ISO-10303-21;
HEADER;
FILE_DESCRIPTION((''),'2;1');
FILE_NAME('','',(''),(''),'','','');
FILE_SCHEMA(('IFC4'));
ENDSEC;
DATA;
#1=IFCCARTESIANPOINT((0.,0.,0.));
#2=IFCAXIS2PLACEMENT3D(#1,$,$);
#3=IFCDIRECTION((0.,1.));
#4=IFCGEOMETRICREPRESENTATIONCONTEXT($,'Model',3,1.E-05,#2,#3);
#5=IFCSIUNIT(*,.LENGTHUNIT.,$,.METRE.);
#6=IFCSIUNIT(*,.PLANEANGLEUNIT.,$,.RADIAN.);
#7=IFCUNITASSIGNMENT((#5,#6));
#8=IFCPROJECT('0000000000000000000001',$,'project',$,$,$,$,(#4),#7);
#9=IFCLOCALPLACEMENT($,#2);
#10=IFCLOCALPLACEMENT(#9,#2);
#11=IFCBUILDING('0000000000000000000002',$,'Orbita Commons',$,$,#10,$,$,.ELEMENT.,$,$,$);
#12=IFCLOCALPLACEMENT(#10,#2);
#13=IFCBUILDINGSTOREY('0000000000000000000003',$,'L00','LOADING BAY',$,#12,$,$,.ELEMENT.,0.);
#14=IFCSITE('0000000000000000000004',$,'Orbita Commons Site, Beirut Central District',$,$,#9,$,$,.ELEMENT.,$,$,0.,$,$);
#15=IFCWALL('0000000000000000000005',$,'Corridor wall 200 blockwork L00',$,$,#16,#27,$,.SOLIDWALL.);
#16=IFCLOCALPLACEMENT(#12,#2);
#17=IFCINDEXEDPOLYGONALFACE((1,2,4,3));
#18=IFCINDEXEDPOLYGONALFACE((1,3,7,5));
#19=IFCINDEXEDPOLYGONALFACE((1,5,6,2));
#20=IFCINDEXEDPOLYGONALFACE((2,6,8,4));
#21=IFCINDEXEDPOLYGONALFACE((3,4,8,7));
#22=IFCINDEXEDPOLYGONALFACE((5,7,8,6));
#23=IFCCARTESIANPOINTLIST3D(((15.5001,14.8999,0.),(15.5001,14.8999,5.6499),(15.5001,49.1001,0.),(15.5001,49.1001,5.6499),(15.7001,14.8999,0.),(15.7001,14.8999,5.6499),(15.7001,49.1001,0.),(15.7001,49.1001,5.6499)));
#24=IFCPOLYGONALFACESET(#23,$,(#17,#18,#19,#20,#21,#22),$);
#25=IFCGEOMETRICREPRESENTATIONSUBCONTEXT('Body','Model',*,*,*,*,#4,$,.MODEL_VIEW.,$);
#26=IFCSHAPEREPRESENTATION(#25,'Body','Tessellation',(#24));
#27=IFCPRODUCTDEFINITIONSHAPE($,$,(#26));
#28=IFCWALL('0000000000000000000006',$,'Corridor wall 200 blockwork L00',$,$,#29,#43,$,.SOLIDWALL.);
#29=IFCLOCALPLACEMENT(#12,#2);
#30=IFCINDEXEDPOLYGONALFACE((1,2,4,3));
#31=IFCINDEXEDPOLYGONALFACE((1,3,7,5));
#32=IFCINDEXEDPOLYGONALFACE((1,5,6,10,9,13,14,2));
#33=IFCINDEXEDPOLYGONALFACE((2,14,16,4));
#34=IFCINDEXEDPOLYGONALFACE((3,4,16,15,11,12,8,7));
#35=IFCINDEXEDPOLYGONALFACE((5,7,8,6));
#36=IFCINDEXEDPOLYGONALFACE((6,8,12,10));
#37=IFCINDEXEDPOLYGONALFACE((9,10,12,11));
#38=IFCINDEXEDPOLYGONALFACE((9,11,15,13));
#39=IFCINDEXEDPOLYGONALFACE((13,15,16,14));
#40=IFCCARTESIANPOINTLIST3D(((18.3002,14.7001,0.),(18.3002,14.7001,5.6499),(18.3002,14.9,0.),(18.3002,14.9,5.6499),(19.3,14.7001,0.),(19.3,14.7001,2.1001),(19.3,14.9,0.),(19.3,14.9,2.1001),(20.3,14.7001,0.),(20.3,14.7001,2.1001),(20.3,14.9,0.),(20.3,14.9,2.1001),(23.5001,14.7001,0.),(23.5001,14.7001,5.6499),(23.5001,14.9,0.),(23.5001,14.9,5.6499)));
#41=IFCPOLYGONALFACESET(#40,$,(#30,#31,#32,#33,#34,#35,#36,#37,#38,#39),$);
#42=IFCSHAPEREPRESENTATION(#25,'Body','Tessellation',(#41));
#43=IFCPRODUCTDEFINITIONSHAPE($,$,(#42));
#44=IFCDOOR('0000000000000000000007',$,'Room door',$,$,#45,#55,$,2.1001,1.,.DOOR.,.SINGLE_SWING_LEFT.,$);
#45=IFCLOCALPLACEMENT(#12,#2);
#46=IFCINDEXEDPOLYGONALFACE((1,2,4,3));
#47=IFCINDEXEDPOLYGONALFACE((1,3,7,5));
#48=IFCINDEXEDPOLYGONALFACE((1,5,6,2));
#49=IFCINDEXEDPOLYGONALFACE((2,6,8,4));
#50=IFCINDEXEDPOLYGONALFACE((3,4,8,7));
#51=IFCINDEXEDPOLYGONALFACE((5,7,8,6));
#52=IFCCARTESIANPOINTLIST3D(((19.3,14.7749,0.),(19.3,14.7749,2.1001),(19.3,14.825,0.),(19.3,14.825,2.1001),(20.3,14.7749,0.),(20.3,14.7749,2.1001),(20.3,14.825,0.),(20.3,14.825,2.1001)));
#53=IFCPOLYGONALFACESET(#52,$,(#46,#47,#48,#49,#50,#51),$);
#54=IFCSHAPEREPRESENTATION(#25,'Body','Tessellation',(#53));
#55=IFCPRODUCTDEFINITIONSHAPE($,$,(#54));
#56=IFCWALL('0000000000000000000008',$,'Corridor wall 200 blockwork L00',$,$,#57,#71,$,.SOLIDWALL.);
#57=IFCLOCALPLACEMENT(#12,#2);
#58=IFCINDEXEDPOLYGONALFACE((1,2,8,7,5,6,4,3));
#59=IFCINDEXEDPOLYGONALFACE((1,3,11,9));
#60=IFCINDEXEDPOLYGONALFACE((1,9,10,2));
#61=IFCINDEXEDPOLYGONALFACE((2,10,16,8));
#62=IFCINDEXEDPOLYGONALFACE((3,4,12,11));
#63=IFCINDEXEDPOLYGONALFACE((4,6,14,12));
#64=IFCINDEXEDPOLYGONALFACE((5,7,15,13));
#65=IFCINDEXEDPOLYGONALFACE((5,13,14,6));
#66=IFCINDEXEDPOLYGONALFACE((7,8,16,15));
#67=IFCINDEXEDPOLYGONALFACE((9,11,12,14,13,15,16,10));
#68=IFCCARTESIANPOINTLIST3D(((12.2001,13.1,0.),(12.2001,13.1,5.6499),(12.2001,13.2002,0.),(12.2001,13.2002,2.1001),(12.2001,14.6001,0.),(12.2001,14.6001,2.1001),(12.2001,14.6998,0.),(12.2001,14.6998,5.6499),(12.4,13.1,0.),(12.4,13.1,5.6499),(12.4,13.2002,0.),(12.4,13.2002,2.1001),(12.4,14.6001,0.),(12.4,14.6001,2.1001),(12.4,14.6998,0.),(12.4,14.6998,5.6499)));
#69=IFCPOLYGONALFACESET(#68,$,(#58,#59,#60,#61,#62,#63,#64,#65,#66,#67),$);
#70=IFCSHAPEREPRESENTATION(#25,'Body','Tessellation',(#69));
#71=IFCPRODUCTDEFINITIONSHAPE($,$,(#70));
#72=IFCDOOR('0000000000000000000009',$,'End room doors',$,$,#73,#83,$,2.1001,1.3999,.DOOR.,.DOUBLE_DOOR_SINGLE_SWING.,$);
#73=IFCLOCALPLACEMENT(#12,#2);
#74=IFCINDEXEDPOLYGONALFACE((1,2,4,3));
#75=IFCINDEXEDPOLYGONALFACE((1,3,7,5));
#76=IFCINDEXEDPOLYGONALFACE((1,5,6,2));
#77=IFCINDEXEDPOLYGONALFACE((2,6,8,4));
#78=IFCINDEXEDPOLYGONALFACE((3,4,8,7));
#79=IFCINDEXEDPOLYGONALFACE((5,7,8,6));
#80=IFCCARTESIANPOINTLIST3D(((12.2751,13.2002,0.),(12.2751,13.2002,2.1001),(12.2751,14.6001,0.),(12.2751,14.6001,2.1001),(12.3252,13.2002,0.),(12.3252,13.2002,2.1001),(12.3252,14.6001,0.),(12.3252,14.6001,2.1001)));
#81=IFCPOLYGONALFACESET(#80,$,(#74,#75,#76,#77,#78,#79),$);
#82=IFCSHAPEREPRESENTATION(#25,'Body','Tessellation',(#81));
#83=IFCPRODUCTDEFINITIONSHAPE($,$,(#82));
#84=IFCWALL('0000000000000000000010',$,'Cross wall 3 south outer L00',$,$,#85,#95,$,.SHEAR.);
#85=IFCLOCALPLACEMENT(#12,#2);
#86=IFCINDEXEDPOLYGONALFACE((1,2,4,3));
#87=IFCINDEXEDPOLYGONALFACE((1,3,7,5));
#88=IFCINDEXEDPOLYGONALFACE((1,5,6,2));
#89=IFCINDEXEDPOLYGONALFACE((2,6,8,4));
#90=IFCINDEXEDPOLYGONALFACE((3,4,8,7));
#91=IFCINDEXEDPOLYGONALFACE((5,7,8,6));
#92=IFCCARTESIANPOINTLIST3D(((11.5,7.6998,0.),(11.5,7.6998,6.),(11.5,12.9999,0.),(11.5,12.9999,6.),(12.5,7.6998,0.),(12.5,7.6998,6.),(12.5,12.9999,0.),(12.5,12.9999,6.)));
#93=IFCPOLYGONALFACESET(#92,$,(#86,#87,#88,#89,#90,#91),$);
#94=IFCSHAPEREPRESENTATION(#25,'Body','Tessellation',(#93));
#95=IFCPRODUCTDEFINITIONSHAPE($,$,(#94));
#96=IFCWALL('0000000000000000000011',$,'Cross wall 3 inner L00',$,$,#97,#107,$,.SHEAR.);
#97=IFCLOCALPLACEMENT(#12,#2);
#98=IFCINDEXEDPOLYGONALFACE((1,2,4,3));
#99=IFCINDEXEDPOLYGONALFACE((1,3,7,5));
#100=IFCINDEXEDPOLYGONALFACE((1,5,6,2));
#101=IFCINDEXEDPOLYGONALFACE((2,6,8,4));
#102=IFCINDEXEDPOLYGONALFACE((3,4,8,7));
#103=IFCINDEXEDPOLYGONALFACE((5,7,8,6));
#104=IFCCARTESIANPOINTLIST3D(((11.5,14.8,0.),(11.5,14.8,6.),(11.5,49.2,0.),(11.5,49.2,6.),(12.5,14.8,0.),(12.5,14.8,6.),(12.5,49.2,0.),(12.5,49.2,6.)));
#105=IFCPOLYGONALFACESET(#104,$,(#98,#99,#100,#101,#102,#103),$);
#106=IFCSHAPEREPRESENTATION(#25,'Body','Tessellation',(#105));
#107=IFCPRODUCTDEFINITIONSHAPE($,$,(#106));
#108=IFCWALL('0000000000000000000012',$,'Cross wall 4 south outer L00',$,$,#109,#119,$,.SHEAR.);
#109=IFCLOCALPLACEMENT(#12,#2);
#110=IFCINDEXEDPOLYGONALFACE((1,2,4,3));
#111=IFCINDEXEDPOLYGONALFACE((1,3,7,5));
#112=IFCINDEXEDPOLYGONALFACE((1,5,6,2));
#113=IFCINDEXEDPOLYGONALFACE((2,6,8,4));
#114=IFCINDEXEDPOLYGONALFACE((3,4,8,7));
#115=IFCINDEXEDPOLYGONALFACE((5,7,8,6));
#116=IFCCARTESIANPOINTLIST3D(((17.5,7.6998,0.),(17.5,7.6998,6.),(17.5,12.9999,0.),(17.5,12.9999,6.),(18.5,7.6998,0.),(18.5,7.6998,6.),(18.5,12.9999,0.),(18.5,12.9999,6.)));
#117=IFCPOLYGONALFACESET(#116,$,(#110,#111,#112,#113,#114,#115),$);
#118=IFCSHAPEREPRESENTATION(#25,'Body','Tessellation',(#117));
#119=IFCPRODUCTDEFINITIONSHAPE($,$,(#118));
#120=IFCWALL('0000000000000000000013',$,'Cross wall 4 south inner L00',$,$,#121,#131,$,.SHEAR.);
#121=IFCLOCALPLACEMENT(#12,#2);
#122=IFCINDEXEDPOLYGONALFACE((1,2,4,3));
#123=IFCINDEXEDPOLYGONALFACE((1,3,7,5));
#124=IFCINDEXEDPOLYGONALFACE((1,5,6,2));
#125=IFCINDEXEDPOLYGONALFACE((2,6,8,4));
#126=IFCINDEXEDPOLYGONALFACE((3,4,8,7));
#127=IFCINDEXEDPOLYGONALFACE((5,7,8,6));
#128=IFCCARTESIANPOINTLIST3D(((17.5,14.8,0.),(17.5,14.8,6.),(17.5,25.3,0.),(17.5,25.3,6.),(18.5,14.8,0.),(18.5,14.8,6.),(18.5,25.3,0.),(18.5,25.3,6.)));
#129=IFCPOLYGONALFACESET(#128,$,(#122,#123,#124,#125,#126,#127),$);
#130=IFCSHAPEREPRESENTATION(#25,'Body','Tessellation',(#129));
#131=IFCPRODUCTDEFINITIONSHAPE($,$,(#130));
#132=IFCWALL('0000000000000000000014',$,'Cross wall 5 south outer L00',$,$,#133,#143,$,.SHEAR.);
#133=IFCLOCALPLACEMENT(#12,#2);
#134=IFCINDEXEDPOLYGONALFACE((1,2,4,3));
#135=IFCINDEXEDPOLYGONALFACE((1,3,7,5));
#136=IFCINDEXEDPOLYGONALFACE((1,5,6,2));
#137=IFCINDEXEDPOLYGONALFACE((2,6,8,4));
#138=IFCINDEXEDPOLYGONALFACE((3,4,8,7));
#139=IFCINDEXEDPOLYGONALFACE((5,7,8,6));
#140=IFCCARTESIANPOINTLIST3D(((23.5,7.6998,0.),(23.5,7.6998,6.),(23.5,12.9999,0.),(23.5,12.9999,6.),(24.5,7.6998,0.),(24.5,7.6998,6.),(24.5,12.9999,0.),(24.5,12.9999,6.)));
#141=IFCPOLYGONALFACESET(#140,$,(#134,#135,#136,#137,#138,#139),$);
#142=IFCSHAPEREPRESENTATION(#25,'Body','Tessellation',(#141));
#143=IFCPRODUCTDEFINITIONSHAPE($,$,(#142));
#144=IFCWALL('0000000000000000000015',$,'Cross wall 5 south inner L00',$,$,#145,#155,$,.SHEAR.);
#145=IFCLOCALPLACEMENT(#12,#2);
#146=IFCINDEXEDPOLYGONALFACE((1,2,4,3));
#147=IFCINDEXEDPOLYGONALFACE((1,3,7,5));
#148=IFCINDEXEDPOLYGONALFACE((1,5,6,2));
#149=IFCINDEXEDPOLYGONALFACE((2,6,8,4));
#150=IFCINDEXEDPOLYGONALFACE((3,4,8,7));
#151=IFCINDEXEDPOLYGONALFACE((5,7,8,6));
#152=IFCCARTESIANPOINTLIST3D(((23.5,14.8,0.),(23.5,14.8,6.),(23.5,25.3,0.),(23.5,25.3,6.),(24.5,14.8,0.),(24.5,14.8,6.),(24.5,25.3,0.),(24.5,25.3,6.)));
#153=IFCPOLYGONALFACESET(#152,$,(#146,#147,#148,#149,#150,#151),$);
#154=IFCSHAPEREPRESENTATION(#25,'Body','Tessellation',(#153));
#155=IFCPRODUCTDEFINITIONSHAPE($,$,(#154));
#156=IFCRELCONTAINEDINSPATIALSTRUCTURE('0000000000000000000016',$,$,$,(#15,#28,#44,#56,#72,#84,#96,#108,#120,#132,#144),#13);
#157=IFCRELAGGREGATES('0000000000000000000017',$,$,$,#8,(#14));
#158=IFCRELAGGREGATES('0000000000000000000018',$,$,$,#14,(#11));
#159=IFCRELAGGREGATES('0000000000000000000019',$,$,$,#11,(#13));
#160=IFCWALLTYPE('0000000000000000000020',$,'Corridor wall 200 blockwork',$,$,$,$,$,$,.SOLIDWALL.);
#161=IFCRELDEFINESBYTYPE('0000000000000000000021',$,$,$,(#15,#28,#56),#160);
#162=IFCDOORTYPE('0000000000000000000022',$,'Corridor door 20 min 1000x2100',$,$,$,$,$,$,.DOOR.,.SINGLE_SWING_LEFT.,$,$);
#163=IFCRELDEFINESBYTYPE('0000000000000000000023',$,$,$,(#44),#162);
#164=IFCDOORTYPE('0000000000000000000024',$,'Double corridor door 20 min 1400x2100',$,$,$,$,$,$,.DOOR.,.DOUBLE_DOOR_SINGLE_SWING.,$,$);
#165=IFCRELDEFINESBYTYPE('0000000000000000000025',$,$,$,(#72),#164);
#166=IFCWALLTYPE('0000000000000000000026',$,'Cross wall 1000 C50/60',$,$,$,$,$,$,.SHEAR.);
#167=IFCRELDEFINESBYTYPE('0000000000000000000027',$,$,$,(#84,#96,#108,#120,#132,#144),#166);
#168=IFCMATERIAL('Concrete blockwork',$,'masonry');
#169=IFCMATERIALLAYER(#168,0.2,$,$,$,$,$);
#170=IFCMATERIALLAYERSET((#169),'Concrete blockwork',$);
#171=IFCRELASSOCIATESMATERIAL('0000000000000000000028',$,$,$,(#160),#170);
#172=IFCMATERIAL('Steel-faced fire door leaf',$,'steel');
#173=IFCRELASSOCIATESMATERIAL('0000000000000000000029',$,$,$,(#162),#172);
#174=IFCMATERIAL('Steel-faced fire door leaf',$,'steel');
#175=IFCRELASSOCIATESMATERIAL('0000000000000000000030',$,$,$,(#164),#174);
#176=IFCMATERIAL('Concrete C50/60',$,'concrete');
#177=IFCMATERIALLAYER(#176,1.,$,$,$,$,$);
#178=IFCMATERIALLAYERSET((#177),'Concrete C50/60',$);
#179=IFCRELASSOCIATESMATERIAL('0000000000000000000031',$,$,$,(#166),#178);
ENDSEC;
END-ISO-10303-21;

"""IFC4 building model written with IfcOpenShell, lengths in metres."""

from ifc_helpers import new_model, si_unit, direction, frame, frame_2d, origin, place, context, subcontext, project, spatial, rectangle, extrude, material, layer, layer_set, type_object, element, fill, save


model = new_model("IFC4")

# Units and contexts
model_context = context("Model", 3, precision=1e-05, world=origin(), true_north=direction((0.0, 1.0)))
body_context = subcontext(model_context, "Body", "Model", "MODEL_VIEW")
ifc_project = project(units=[si_unit("LENGTHUNIT", "METRE"), si_unit("PLANEANGLEUNIT", "RADIAN")], contexts=[model_context])

# Site, building, storey
site_placement = place(None, origin())
site = spatial("IfcSite", under=ifc_project, at=site_placement, Name="Orbita Commons Site, Beirut Central District", CompositionType="ELEMENT", RefElevation=0.0)
building_placement = place(site_placement, origin())
building = spatial("IfcBuilding", under=site, at=building_placement, Name="Orbita Commons", CompositionType="ELEMENT")
storey_placement = place(building_placement, origin())
storey = spatial("IfcBuildingStorey", under=building, at=storey_placement, Name="L00", Description="LOADING BAY", CompositionType="ELEMENT", Elevation=0.0)

# Wall
ifc_material_1 = material(Name="Concrete blockwork", Category="masonry")
ifc_layer_1 = layer(ifc_material_1, 0.2)
ifc_layer_set_1 = layer_set([ifc_layer_1], Name="Concrete blockwork")
wall_type_1 = type_object("IfcWallType", Name="Corridor wall 200 blockwork", PredefinedType="SOLIDWALL", material=ifc_layer_set_1)
wall_1_placement = place(storey_placement, frame((15.6001, 14.8999, 0.0), z_axis=(0.0, 0.0, 1.0), x_axis=(0.0, 1.0, 0.0)))
element("IfcWall", 1, at=wall_1_placement, inside=storey, type_object=wall_type_1, Name="Corridor wall 200 blockwork L00", PredefinedType="SOLIDWALL", context=body_context, shape_type="SweptSolid", body=[
    extrude(rectangle(XDim=34.2002, YDim=0.2, at=frame_2d((17.1001, 0.0))), origin(), (0.0, 0.0, 1.0), 5.6499),
])

# Walls, openings, doors
wall_2_placement = place(storey_placement, frame((18.3, 14.8, 0.0), z_axis=(0.0, 0.0, 1.0), x_axis=(1.0, 0.0, 0.0)))
wall_2 = element("IfcWall", 2, at=wall_2_placement, inside=storey, type_object=wall_type_1, Name="Corridor wall 200 blockwork L00", PredefinedType="SOLIDWALL", context=body_context, shape_type="SweptSolid", body=[
    extrude(rectangle(XDim=5.2, YDim=0.2, at=frame_2d((2.6001, 0.0))), origin(), (0.0, 0.0, 1.0), 5.6499),
])
opening_1_placement = place(wall_2_placement, frame((1.0, 0.0, 0.0)))
opening_1 = element("IfcOpeningElement", 3, at=opening_1_placement, cuts=wall_2, PredefinedType="OPENING", context=body_context, shape_type="SweptSolid", body=[
    extrude(rectangle(XDim=1.0, YDim=2.1001, at=frame_2d((0.5, 1.05))), frame((0.0, 0.1099, 0.0), z_axis=(0.0, -1.0, 0.0), x_axis=(1.0, 0.0, 0.0)), (0.0, 0.0, 1.0), 0.22),
])
ifc_material_2 = material(Name="Steel-faced fire door leaf", Category="steel")
door_type_1 = type_object("IfcDoorType", Name="Corridor door 20 min 1000x2100", OperationType="SINGLE_SWING_LEFT", PredefinedType="DOOR", material=ifc_material_2)
door_1_placement = place(opening_1_placement, origin())
door_1 = element("IfcDoor", 4, at=door_1_placement, inside=storey, type_object=door_type_1, Name="Room door", OperationType="SINGLE_SWING_LEFT", OverallHeight=2.1001, OverallWidth=1.0, PredefinedType="DOOR", context=body_context, shape_type="SweptSolid", body=[
    extrude(rectangle(XDim=1.0, YDim=2.1001, at=frame_2d((0.5, 1.05))), frame((0.0, 0.0249, 0.0), z_axis=(0.0, -1.0, 0.0), x_axis=(1.0, 0.0, 0.0)), (0.0, 0.0, 1.0), 0.05),
])
fill(opening_1, door_1)
wall_3_placement = place(storey_placement, frame((12.3, 13.1001, 0.0), z_axis=(0.0, 0.0, 1.0), x_axis=(0.0, 1.0, 0.0)))
wall_3 = element("IfcWall", 5, at=wall_3_placement, inside=storey, type_object=wall_type_1, Name="Corridor wall 200 blockwork L00", PredefinedType="SOLIDWALL", context=body_context, shape_type="SweptSolid", body=[
    extrude(rectangle(XDim=1.5999, YDim=0.2, at=frame_2d((0.7998, 0.0))), origin(), (0.0, 0.0, 1.0), 5.6499),
])
opening_2_placement = place(wall_3_placement, frame((0.1001, 0.0, 0.0)))
opening_2 = element("IfcOpeningElement", 6, at=opening_2_placement, cuts=wall_3, PredefinedType="OPENING", context=body_context, shape_type="SweptSolid", body=[
    extrude(rectangle(XDim=1.3999, YDim=2.1001, at=frame_2d((0.7, 1.05))), frame((0.0, 0.1099, 0.0), z_axis=(0.0, -1.0, 0.0), x_axis=(1.0, 0.0, 0.0)), (0.0, 0.0, 1.0), 0.22),
])
ifc_material_3 = material(Name="Steel-faced fire door leaf", Category="steel")
door_type_2 = type_object("IfcDoorType", Name="Double corridor door 20 min 1400x2100", OperationType="DOUBLE_DOOR_SINGLE_SWING", PredefinedType="DOOR", material=ifc_material_3)
door_2_placement = place(opening_2_placement, origin())
door_2 = element("IfcDoor", 7, at=door_2_placement, inside=storey, type_object=door_type_2, Name="End room doors", OperationType="DOUBLE_DOOR_SINGLE_SWING", OverallHeight=2.1001, OverallWidth=1.3999, PredefinedType="DOOR", context=body_context, shape_type="SweptSolid", body=[
    extrude(rectangle(XDim=1.3999, YDim=2.1001, at=frame_2d((0.7, 1.05))), frame((0.0, 0.0249, 0.0), z_axis=(0.0, -1.0, 0.0), x_axis=(1.0, 0.0, 0.0)), (0.0, 0.0, 1.0), 0.05),
])
fill(opening_2, door_2)

# Walls
ifc_material_4 = material(Name="Concrete C50/60", Category="concrete")
ifc_layer_2 = layer(ifc_material_4, 1.0)
ifc_layer_set_2 = layer_set([ifc_layer_2], Name="Concrete C50/60")
wall_type_2 = type_object("IfcWallType", Name="Cross wall 1000 C50/60", PredefinedType="SHEAR", material=ifc_layer_set_2)
wall_4_placement = place(storey_placement, frame((12.0, 7.7, 0.0), z_axis=(0.0, 0.0, 1.0), x_axis=(0.0, 1.0, 0.0)))
element("IfcWall", 8, at=wall_4_placement, inside=storey, type_object=wall_type_2, Name="Cross wall 3 south outer L00", PredefinedType="SHEAR", context=body_context, shape_type="SweptSolid", body=[
    extrude(rectangle(XDim=5.3, YDim=1.0, at=frame_2d((2.6499, 0.0))), origin(), (0.0, 0.0, 1.0), 6.0),
])
wall_5_placement = place(storey_placement, frame((12.0, 14.8, 0.0), z_axis=(0.0, 0.0, 1.0), x_axis=(0.0, 1.0, 0.0)))
element("IfcWall", 9, at=wall_5_placement, inside=storey, type_object=wall_type_2, Name="Cross wall 3 inner L00", PredefinedType="SHEAR", context=body_context, shape_type="SweptSolid", body=[
    extrude(rectangle(XDim=34.3999, YDim=1.0, at=frame_2d((17.2, 0.0))), origin(), (0.0, 0.0, 1.0), 6.0),
])
wall_6_placement = place(storey_placement, frame((18.0, 7.7, 0.0), z_axis=(0.0, 0.0, 1.0), x_axis=(0.0, 1.0, 0.0)))
element("IfcWall", 10, at=wall_6_placement, inside=storey, type_object=wall_type_2, Name="Cross wall 4 south outer L00", PredefinedType="SHEAR", context=body_context, shape_type="SweptSolid", body=[
    extrude(rectangle(XDim=5.3, YDim=1.0, at=frame_2d((2.6499, 0.0))), origin(), (0.0, 0.0, 1.0), 6.0),
])
wall_7_placement = place(storey_placement, frame((18.0, 14.8, 0.0), z_axis=(0.0, 0.0, 1.0), x_axis=(0.0, 1.0, 0.0)))
element("IfcWall", 11, at=wall_7_placement, inside=storey, type_object=wall_type_2, Name="Cross wall 4 south inner L00", PredefinedType="SHEAR", context=body_context, shape_type="SweptSolid", body=[
    extrude(rectangle(XDim=10.5, YDim=1.0, at=frame_2d((5.25, 0.0))), origin(), (0.0, 0.0, 1.0), 6.0),
])
wall_8_placement = place(storey_placement, frame((24.0, 7.7, 0.0), z_axis=(0.0, 0.0, 1.0), x_axis=(0.0, 1.0, 0.0)))
element("IfcWall", 12, at=wall_8_placement, inside=storey, type_object=wall_type_2, Name="Cross wall 5 south outer L00", PredefinedType="SHEAR", context=body_context, shape_type="SweptSolid", body=[
    extrude(rectangle(XDim=5.3, YDim=1.0, at=frame_2d((2.6499, 0.0))), origin(), (0.0, 0.0, 1.0), 6.0),
])
wall_9_placement = place(storey_placement, frame((24.0, 14.8, 0.0), z_axis=(0.0, 0.0, 1.0), x_axis=(0.0, 1.0, 0.0)))
element("IfcWall", 13, at=wall_9_placement, inside=storey, type_object=wall_type_2, Name="Cross wall 5 south inner L00", PredefinedType="SHEAR", context=body_context, shape_type="SweptSolid", body=[
    extrude(rectangle(XDim=10.5, YDim=1.0, at=frame_2d((5.25, 0.0))), origin(), (0.0, 0.0, 1.0), 6.0),
])

save(model, "model.ifc")
